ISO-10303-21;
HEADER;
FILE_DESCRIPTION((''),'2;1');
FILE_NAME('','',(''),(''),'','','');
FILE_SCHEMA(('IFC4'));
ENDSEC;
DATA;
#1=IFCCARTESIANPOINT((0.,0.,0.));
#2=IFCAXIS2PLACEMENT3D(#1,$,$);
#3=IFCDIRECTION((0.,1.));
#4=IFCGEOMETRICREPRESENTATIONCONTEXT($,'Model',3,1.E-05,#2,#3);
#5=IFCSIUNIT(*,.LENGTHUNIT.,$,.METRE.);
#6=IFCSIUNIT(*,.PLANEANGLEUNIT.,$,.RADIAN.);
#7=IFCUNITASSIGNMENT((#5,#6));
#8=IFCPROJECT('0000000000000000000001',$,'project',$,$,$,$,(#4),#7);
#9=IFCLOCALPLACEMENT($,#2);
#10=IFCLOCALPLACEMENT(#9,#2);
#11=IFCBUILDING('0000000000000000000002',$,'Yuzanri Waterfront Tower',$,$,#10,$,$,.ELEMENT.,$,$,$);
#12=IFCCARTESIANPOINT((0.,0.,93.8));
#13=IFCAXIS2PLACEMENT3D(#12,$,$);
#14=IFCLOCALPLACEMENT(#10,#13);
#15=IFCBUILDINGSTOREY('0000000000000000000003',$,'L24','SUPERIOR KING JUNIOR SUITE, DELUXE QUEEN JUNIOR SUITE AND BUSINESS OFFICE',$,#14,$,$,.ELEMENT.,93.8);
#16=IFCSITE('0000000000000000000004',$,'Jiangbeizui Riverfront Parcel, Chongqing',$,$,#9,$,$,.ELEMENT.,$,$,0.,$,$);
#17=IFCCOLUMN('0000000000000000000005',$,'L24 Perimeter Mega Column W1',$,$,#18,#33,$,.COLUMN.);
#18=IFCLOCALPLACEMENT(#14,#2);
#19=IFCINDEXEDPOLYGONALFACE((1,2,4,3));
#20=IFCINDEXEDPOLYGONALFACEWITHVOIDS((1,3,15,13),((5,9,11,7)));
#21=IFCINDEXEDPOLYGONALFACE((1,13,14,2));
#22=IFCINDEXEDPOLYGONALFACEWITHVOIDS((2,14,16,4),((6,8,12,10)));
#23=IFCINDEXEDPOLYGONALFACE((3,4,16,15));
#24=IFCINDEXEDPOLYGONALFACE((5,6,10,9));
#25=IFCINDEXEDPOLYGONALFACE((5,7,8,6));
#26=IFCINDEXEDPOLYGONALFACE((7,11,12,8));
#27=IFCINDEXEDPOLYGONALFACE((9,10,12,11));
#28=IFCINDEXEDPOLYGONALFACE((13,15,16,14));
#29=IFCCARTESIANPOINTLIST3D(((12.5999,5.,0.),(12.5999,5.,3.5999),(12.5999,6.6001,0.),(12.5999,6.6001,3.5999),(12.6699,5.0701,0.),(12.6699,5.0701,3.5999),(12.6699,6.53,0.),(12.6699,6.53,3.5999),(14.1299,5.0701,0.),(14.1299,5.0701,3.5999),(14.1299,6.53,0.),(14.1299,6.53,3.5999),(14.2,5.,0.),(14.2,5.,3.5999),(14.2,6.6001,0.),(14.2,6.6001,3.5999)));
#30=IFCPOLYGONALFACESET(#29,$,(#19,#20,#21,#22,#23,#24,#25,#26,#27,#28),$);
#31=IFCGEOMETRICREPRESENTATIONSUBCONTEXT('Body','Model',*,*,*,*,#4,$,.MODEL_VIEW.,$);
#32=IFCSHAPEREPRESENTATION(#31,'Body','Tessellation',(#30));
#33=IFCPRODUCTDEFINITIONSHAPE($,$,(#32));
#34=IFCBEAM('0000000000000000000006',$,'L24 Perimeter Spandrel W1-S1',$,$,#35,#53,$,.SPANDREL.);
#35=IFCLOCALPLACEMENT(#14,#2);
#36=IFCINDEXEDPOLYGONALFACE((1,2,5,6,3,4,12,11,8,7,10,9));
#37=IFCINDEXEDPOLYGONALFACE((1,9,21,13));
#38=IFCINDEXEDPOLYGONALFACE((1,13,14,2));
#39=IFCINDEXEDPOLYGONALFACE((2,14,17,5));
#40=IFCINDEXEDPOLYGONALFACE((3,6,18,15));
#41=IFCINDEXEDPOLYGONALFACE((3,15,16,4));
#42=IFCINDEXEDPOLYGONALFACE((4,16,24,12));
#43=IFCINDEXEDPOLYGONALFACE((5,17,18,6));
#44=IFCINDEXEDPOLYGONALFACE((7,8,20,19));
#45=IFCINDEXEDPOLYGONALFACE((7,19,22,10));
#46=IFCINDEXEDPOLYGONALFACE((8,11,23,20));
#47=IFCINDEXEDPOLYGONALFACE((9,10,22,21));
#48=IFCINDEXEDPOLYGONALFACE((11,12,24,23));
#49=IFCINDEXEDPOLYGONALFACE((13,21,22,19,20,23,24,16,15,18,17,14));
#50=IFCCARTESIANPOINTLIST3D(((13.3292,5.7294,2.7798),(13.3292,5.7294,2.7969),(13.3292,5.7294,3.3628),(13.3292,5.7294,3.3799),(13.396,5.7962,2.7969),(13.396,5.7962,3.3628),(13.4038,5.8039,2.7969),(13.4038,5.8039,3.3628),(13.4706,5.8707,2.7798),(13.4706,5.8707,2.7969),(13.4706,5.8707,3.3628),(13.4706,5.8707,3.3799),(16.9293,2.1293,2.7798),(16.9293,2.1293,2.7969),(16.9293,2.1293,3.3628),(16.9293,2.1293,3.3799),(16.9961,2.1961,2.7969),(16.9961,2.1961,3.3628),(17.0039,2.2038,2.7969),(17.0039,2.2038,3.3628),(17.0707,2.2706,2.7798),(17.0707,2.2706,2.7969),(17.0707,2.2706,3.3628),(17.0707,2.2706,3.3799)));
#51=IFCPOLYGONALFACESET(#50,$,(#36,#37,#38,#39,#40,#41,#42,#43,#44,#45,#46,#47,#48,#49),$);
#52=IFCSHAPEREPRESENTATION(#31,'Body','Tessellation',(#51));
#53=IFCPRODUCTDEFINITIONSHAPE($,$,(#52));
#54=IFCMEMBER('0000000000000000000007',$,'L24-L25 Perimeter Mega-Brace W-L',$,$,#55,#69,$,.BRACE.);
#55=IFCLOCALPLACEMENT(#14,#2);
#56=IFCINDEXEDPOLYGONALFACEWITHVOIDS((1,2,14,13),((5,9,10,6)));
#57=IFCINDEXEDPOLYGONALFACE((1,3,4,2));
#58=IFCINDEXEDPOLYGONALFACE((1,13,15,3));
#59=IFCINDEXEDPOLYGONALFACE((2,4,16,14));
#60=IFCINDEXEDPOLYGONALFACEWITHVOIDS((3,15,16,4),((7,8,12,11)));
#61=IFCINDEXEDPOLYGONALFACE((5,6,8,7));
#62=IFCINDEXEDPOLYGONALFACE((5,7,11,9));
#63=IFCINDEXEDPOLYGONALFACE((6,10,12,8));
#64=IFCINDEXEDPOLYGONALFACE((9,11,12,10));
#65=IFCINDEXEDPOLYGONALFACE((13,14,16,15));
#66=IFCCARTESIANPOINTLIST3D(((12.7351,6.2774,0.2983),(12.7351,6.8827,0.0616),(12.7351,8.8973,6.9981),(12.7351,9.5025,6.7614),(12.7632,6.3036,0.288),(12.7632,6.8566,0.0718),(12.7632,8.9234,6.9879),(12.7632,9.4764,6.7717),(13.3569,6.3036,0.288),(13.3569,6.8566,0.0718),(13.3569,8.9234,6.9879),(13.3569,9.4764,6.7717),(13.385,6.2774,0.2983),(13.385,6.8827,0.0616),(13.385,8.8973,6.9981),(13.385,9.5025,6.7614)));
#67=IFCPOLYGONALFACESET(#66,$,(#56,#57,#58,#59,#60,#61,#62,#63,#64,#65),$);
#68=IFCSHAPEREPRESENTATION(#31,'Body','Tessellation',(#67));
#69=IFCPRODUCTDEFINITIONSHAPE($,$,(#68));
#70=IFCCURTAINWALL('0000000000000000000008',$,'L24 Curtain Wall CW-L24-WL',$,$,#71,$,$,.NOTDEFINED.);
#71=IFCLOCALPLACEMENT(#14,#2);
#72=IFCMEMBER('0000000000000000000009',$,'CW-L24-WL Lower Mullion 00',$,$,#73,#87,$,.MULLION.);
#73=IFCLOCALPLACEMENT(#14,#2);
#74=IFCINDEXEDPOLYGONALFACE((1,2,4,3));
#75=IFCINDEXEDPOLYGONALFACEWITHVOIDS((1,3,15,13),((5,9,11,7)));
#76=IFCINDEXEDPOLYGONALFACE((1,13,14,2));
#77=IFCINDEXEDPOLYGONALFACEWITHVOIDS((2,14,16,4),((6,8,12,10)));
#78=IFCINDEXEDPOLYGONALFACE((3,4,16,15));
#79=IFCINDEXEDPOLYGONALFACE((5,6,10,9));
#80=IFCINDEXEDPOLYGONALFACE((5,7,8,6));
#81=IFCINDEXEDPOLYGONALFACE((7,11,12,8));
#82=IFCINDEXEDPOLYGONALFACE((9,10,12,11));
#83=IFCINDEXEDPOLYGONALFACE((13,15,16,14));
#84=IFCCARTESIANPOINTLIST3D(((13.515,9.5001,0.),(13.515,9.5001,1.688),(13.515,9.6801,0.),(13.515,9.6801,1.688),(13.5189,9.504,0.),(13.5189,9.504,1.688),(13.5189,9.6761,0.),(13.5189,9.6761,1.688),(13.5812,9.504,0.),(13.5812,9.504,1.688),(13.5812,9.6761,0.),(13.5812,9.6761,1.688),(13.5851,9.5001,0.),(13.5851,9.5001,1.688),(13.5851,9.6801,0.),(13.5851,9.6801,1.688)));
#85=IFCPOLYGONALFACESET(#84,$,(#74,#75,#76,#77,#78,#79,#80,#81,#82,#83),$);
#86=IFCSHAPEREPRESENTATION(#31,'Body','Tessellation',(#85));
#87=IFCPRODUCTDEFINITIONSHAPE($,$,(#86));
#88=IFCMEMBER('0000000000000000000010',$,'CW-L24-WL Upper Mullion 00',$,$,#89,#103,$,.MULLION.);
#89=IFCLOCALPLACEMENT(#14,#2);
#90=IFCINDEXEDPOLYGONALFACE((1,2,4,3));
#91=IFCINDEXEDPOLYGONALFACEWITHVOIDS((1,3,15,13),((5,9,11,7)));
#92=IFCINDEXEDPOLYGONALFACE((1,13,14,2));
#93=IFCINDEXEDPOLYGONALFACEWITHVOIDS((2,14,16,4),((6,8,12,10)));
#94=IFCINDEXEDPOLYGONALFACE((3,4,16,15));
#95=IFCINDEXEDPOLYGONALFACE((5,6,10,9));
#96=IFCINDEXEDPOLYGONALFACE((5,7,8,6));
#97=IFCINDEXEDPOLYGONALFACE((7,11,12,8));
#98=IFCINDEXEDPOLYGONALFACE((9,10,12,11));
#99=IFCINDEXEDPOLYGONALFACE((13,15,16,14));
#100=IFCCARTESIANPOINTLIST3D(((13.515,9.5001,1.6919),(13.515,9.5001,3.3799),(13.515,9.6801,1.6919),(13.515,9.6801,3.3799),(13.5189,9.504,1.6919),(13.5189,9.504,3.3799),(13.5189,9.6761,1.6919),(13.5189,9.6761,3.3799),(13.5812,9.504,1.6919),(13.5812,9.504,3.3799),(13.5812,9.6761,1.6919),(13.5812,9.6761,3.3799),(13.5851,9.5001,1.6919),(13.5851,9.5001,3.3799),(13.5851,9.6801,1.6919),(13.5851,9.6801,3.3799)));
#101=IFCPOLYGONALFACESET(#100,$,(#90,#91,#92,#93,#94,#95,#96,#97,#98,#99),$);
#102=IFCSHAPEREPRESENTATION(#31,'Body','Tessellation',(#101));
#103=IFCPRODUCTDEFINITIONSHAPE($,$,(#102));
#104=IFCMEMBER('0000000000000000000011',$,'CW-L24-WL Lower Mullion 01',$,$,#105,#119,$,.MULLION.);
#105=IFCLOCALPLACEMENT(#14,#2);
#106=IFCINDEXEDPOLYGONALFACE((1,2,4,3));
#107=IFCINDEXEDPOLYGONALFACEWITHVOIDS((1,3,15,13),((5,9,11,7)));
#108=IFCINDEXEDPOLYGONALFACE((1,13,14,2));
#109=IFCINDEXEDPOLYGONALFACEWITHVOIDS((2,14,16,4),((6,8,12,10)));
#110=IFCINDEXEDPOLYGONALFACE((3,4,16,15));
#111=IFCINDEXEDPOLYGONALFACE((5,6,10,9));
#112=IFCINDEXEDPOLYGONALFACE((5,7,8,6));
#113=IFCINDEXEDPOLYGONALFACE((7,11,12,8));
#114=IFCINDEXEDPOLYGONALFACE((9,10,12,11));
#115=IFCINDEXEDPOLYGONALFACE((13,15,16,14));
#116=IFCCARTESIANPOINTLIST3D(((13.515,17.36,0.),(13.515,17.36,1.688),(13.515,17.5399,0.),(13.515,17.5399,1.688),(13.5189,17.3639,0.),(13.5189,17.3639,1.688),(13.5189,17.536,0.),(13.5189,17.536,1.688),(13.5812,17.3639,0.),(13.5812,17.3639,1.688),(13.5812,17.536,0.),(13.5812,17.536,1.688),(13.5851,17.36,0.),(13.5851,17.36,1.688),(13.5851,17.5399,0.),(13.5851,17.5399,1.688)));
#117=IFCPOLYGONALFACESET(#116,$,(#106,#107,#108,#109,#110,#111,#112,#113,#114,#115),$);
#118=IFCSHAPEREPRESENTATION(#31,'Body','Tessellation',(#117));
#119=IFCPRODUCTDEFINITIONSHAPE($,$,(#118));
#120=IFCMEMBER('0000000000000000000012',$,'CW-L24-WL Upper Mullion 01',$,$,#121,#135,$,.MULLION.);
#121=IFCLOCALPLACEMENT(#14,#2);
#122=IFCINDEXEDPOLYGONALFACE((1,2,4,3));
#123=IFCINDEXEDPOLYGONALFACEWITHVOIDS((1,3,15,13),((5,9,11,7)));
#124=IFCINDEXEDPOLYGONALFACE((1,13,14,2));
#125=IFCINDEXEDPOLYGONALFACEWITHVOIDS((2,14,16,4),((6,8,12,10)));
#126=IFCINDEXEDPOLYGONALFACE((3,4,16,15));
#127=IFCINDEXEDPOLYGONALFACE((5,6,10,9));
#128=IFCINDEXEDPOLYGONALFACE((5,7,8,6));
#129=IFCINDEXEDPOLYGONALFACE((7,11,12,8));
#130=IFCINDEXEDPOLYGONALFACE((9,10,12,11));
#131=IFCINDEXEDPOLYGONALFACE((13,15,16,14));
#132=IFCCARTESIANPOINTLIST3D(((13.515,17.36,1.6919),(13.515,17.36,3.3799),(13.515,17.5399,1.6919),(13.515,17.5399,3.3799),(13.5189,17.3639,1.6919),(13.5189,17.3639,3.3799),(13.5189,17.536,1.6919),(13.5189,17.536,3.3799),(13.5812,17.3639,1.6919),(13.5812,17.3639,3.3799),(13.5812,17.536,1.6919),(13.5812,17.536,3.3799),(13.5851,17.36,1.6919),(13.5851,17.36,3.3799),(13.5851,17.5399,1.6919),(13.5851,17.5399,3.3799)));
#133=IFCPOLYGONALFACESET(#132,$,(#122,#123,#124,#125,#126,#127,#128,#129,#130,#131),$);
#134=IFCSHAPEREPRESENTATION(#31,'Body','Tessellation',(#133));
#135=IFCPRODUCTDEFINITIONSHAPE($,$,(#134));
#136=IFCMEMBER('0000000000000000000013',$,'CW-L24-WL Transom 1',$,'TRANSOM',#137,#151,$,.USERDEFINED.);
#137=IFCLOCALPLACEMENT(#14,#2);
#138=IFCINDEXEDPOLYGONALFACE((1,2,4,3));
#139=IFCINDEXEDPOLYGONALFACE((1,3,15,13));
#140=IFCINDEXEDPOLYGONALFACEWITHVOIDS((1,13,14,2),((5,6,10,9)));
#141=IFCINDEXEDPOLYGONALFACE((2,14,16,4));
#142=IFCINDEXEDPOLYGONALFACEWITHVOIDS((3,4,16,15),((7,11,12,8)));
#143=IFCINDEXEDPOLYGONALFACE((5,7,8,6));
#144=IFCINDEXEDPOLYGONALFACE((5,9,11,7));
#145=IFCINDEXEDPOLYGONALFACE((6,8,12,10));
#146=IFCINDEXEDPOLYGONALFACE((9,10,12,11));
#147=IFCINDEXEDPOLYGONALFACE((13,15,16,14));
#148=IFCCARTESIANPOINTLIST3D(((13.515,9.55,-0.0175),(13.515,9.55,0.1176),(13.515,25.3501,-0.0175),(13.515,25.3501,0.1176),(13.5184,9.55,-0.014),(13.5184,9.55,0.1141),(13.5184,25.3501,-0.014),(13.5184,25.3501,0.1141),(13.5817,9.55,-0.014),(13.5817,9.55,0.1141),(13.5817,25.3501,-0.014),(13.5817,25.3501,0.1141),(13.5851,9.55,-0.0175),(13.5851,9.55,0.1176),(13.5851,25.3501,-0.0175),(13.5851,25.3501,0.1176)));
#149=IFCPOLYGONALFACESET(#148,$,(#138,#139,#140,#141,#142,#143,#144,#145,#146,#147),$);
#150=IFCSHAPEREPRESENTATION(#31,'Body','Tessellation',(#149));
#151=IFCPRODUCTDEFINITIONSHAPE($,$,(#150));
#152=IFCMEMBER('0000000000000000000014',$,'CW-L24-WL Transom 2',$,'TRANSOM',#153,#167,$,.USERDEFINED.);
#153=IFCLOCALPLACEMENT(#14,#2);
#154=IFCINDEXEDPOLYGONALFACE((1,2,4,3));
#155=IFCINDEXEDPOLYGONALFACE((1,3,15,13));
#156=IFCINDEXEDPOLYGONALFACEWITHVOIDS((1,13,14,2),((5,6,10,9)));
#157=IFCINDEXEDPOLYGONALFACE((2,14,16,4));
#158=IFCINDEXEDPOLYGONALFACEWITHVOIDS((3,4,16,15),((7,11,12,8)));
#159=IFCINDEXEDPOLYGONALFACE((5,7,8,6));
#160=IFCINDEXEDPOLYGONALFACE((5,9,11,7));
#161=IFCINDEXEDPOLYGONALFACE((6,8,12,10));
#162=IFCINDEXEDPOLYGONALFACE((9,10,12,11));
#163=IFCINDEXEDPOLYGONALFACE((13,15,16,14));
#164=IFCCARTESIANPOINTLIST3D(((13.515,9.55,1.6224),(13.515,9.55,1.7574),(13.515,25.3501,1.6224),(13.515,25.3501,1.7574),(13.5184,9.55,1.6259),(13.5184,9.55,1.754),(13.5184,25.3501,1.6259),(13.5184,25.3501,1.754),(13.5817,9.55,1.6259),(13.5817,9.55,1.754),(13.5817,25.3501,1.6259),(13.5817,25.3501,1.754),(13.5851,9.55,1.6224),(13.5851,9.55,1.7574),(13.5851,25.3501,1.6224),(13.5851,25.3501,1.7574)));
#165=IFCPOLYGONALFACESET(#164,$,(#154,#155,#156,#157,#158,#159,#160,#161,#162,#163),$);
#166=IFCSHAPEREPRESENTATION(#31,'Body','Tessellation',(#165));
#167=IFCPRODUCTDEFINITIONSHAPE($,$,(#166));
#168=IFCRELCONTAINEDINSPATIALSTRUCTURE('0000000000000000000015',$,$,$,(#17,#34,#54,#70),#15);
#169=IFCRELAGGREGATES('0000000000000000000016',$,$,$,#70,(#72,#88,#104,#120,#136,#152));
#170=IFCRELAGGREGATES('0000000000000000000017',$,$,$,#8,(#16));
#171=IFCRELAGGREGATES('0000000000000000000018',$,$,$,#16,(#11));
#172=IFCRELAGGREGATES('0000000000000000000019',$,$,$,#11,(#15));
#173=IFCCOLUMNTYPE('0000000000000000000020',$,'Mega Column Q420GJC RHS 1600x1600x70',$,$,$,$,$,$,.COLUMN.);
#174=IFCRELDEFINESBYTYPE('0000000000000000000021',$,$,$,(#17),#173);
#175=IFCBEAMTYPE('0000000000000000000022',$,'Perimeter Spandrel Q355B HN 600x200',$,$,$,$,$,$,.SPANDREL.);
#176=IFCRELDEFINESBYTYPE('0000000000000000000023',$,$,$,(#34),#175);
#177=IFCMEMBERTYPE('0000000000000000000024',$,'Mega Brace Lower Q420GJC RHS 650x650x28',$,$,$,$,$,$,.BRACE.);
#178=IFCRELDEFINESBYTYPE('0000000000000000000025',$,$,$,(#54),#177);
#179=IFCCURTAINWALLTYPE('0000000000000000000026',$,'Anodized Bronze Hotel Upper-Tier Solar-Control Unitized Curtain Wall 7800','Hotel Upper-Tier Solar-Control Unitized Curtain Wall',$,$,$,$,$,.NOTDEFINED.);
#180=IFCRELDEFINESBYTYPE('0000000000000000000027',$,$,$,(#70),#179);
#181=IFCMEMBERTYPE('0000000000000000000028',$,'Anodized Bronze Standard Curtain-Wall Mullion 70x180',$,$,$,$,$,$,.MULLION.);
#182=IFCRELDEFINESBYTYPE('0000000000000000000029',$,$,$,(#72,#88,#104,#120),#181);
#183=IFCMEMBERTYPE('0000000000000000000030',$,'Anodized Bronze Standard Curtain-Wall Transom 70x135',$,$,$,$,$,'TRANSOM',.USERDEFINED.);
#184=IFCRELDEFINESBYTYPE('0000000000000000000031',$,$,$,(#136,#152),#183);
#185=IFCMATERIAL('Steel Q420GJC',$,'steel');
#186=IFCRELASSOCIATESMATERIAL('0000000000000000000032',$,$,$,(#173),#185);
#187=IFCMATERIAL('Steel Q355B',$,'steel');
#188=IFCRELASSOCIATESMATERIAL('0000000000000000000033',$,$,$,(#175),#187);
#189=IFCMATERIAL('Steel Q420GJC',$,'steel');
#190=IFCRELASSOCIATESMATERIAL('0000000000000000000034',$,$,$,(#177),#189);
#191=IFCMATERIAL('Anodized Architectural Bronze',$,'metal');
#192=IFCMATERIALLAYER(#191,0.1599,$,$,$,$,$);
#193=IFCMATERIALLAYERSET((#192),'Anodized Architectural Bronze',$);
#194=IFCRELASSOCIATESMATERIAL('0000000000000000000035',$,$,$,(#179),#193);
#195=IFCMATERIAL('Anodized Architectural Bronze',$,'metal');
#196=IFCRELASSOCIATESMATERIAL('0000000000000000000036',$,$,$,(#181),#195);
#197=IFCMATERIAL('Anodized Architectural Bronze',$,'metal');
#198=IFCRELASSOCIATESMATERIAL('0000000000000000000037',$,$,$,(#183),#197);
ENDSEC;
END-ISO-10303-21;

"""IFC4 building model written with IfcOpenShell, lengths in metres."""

from ifc_helpers import new_model, si_unit, direction, frame, origin, origin_2d, place, context, subcontext, project, spatial, hollow_rectangle, i_section, extrude, source, transform, mapped, material, layer, layer_set, material_profile, profile_set, type_object, element, aggregate, save


model = new_model("IFC4")

# Units and contexts
model_context = context("Model", 3, precision=1e-05, world=origin(), true_north=direction((0.0, 1.0)))
body_context = subcontext(model_context, "Body", "Model", "MODEL_VIEW")
ifc_project = project(units=[si_unit("LENGTHUNIT", "METRE"), si_unit("PLANEANGLEUNIT", "RADIAN")], contexts=[model_context])

# Site, building, storey
site_placement = place(None, origin())
site = spatial("IfcSite", under=ifc_project, at=site_placement, Name="Jiangbeizui Riverfront Parcel, Chongqing", CompositionType="ELEMENT", RefElevation=0.0)
building_placement = place(site_placement, origin())
building = spatial("IfcBuilding", under=site, at=building_placement, Name="Yuzanri Waterfront Tower", CompositionType="ELEMENT")
storey_placement = place(building_placement, frame((0.0, 0.0, 93.8)))
storey = spatial("IfcBuildingStorey", under=building, at=storey_placement, Name="L24", Description="SUPERIOR KING JUNIOR SUITE, DELUXE QUEEN JUNIOR SUITE AND BUSINESS OFFICE", CompositionType="ELEMENT", Elevation=93.8)

# Column
ifc_material_1 = material(Name="Steel Q420GJC", Category="steel")
ifc_material_profile_1 = material_profile(ifc_material_1, hollow_rectangle(XDim=1.6001, YDim=1.6001, WallThickness=0.0701, at=origin_2d()), Name="RHS 1600x1600x70")
ifc_profile_set_1 = profile_set([ifc_material_profile_1], Name="Steel Q420GJC")
column_type = type_object("IfcColumnType", Name="Mega Column Q420GJC RHS 1600x1600x70", PredefinedType="COLUMN", material=ifc_profile_set_1)
shared_shape_1 = source(origin(), body_context, "Body", "SweptSolid", [
    extrude(hollow_rectangle(XDim=1.6001, YDim=1.6001, WallThickness=0.0701, at=origin_2d()), origin(), (0.0, 0.0, 1.0), 3.5999),
])
column_placement = place(storey_placement, frame((13.3999, 5.8, 0.0), z_axis=(0.0, 0.0, 1.0), x_axis=(1.0, 0.0, 0.0)))
element("IfcColumn", 1, at=column_placement, inside=storey, type_object=column_type, Name="L24 Perimeter Mega Column W1", PredefinedType="COLUMN", context=body_context, shape_type="MappedRepresentation", body=[
    mapped(shared_shape_1, transform((0.0, 0.0, 0.0), scale=1.0)),
])

# Beam
ifc_material_2 = material(Name="Steel Q355B", Category="steel")
ifc_material_profile_2 = material_profile(ifc_material_2, i_section(OverallWidth=0.2, OverallDepth=0.6001, WebThickness=0.011, FlangeThickness=0.0171, at=origin_2d()), Name="HN 600x200x11x17")
ifc_profile_set_2 = profile_set([ifc_material_profile_2], Name="Steel Q355B")
beam_type = type_object("IfcBeamType", Name="Perimeter Spandrel Q355B HN 600x200", PredefinedType="SPANDREL", material=ifc_profile_set_2)
shared_shape_2 = source(origin(), body_context, "Body", "SweptSolid", [
    extrude(i_section(OverallWidth=0.2, OverallDepth=0.6001, WebThickness=0.011, FlangeThickness=0.0171, at=origin_2d()), origin(), (0.0, 0.0, 1.0), 5.0913),
])
beam_placement = place(storey_placement, frame((13.3999, 5.8, 3.0798), z_axis=(0.707107, -0.707107, 0.0), x_axis=(0.707107, 0.707107, 0.0)))
element("IfcBeam", 2, at=beam_placement, inside=storey, type_object=beam_type, Name="L24 Perimeter Spandrel W1-S1", PredefinedType="SPANDREL", context=body_context, shape_type="MappedRepresentation", body=[
    mapped(shared_shape_2, transform((0.0, 0.0, 0.0), scale=1.0)),
])

# Member
ifc_material_3 = material(Name="Steel Q420GJC", Category="steel")
ifc_material_profile_3 = material_profile(ifc_material_3, hollow_rectangle(XDim=0.6499, YDim=0.6499, WallThickness=0.0281, at=origin_2d()), Name="RHS 650x650x28")
ifc_profile_set_3 = profile_set([ifc_material_profile_3], Name="Steel Q420GJC")
member_type_1 = type_object("IfcMemberType", Name="Mega Brace Lower Q420GJC RHS 650x650x28", PredefinedType="BRACE", material=ifc_profile_set_3)
shared_shape_3 = source(origin(), body_context, "Body", "SweptSolid", [
    extrude(hollow_rectangle(XDim=0.6499, YDim=0.6499, WallThickness=0.0281, at=origin_2d()), origin(), (0.0, 0.0, 1.0), 7.1938),
])
member_1_placement = place(storey_placement, frame((13.0601, 6.5801, 0.1799), z_axis=(0.0, 0.364177, 0.93133), x_axis=(-1.0, 0.0, 0.0)))
element("IfcMember", 3, at=member_1_placement, inside=storey, type_object=member_type_1, Name="L24-L25 Perimeter Mega-Brace W-L", PredefinedType="BRACE", context=body_context, shape_type="MappedRepresentation", body=[
    mapped(shared_shape_3, transform((0.0, 0.0, 0.0), scale=1.0)),
])

# Curtain wall, members
ifc_material_4 = material(Name="Anodized Architectural Bronze", Category="metal")
ifc_layer_1 = layer(ifc_material_4, 0.1599)
ifc_layer_set_1 = layer_set([ifc_layer_1], Name="Anodized Architectural Bronze")
curtain_wall_type = type_object("IfcCurtainWallType", Name="Anodized Bronze Hotel Upper-Tier Solar-Control Unitized Curtain Wall 7800", Description="Hotel Upper-Tier Solar-Control Unitized Curtain Wall", PredefinedType="NOTDEFINED", material=ifc_layer_set_1)
curtain_wall_placement = place(storey_placement, origin())
curtain_wall = element("IfcCurtainWall", 4, at=curtain_wall_placement, inside=storey, type_object=curtain_wall_type, Name="L24 Curtain Wall CW-L24-WL", PredefinedType="NOTDEFINED")
ifc_material_5 = material(Name="Anodized Architectural Bronze", Category="metal")
ifc_material_profile_4 = material_profile(ifc_material_5, hollow_rectangle(XDim=0.0701, YDim=0.1799, WallThickness=0.0039, at=origin_2d()), Name="CWM 70x180")
ifc_profile_set_4 = profile_set([ifc_material_profile_4], Name="Anodized Architectural Bronze")
member_type_2 = type_object("IfcMemberType", Name="Anodized Bronze Standard Curtain-Wall Mullion 70x180", PredefinedType="MULLION", material=ifc_profile_set_4)
shared_shape_4 = source(origin(), body_context, "Body", "SweptSolid", [
    extrude(hollow_rectangle(XDim=0.0701, YDim=0.1799, WallThickness=0.0039, at=origin_2d()), origin(), (0.0, 0.0, 1.0), 1.688),
])
member_2_placement = place(storey_placement, frame((13.55, 9.5901, 0.0), z_axis=(0.0, 0.0, 1.0), x_axis=(1.0, 0.0, 0.0)))
member_2 = element("IfcMember", 5, at=member_2_placement, type_object=member_type_2, Name="CW-L24-WL Lower Mullion 00", PredefinedType="MULLION", context=body_context, shape_type="MappedRepresentation", body=[
    mapped(shared_shape_4, transform((0.0, 0.0, 0.0), scale=1.0)),
])
member_3_placement = place(storey_placement, frame((13.55, 9.5901, 1.6919), z_axis=(0.0, 0.0, 1.0), x_axis=(1.0, 0.0, 0.0)))
member_3 = element("IfcMember", 6, at=member_3_placement, type_object=member_type_2, Name="CW-L24-WL Upper Mullion 00", PredefinedType="MULLION", context=body_context, shape_type="MappedRepresentation", body=[
    mapped(shared_shape_4, transform((0.0, 0.0, 0.0), scale=1.0)),
])
member_4_placement = place(storey_placement, frame((13.55, 17.45, 0.0), z_axis=(0.0, 0.0, 1.0), x_axis=(1.0, 0.0, 0.0)))
member_4 = element("IfcMember", 7, at=member_4_placement, type_object=member_type_2, Name="CW-L24-WL Lower Mullion 01", PredefinedType="MULLION", context=body_context, shape_type="MappedRepresentation", body=[
    mapped(shared_shape_4, transform((0.0, 0.0, 0.0), scale=1.0)),
])
member_5_placement = place(storey_placement, frame((13.55, 17.45, 1.6919), z_axis=(0.0, 0.0, 1.0), x_axis=(1.0, 0.0, 0.0)))
member_5 = element("IfcMember", 8, at=member_5_placement, type_object=member_type_2, Name="CW-L24-WL Upper Mullion 01", PredefinedType="MULLION", context=body_context, shape_type="MappedRepresentation", body=[
    mapped(shared_shape_4, transform((0.0, 0.0, 0.0), scale=1.0)),
])
ifc_material_6 = material(Name="Anodized Architectural Bronze", Category="metal")
ifc_material_profile_5 = material_profile(ifc_material_6, hollow_rectangle(XDim=0.0701, YDim=0.135, WallThickness=0.0034, at=origin_2d()), Name="CWT 70x135")
ifc_profile_set_5 = profile_set([ifc_material_profile_5], Name="Anodized Architectural Bronze")
member_type_3 = type_object("IfcMemberType", Name="Anodized Bronze Standard Curtain-Wall Transom 70x135", ElementType="TRANSOM", PredefinedType="USERDEFINED", material=ifc_profile_set_5)
shared_shape_5 = source(origin(), body_context, "Body", "SweptSolid", [
    extrude(hollow_rectangle(XDim=0.0701, YDim=0.135, WallThickness=0.0034, at=origin_2d()), origin(), (0.0, 0.0, 1.0), 15.8),
])
member_6_placement = place(storey_placement, frame((13.55, 9.55, 0.05), z_axis=(0.0, 1.0, 0.0), x_axis=(-1.0, 0.0, 0.0)))
member_6 = element("IfcMember", 9, at=member_6_placement, type_object=member_type_3, Name="CW-L24-WL Transom 1", ObjectType="TRANSOM", PredefinedType="USERDEFINED", context=body_context, shape_type="MappedRepresentation", body=[
    mapped(shared_shape_5, transform((0.0, 0.0, 0.0), scale=1.0)),
])
member_7_placement = place(storey_placement, frame((13.55, 9.55, 1.6899), z_axis=(0.0, 1.0, 0.0), x_axis=(-1.0, 0.0, 0.0)))
member_7 = element("IfcMember", 10, at=member_7_placement, type_object=member_type_3, Name="CW-L24-WL Transom 2", ObjectType="TRANSOM", PredefinedType="USERDEFINED", context=body_context, shape_type="MappedRepresentation", body=[
    mapped(shared_shape_5, transform((0.0, 0.0, 0.0), scale=1.0)),
])

aggregate(curtain_wall, [member_2, member_3, member_4, member_5, member_6, member_7])

save(model, "model.ifc")
